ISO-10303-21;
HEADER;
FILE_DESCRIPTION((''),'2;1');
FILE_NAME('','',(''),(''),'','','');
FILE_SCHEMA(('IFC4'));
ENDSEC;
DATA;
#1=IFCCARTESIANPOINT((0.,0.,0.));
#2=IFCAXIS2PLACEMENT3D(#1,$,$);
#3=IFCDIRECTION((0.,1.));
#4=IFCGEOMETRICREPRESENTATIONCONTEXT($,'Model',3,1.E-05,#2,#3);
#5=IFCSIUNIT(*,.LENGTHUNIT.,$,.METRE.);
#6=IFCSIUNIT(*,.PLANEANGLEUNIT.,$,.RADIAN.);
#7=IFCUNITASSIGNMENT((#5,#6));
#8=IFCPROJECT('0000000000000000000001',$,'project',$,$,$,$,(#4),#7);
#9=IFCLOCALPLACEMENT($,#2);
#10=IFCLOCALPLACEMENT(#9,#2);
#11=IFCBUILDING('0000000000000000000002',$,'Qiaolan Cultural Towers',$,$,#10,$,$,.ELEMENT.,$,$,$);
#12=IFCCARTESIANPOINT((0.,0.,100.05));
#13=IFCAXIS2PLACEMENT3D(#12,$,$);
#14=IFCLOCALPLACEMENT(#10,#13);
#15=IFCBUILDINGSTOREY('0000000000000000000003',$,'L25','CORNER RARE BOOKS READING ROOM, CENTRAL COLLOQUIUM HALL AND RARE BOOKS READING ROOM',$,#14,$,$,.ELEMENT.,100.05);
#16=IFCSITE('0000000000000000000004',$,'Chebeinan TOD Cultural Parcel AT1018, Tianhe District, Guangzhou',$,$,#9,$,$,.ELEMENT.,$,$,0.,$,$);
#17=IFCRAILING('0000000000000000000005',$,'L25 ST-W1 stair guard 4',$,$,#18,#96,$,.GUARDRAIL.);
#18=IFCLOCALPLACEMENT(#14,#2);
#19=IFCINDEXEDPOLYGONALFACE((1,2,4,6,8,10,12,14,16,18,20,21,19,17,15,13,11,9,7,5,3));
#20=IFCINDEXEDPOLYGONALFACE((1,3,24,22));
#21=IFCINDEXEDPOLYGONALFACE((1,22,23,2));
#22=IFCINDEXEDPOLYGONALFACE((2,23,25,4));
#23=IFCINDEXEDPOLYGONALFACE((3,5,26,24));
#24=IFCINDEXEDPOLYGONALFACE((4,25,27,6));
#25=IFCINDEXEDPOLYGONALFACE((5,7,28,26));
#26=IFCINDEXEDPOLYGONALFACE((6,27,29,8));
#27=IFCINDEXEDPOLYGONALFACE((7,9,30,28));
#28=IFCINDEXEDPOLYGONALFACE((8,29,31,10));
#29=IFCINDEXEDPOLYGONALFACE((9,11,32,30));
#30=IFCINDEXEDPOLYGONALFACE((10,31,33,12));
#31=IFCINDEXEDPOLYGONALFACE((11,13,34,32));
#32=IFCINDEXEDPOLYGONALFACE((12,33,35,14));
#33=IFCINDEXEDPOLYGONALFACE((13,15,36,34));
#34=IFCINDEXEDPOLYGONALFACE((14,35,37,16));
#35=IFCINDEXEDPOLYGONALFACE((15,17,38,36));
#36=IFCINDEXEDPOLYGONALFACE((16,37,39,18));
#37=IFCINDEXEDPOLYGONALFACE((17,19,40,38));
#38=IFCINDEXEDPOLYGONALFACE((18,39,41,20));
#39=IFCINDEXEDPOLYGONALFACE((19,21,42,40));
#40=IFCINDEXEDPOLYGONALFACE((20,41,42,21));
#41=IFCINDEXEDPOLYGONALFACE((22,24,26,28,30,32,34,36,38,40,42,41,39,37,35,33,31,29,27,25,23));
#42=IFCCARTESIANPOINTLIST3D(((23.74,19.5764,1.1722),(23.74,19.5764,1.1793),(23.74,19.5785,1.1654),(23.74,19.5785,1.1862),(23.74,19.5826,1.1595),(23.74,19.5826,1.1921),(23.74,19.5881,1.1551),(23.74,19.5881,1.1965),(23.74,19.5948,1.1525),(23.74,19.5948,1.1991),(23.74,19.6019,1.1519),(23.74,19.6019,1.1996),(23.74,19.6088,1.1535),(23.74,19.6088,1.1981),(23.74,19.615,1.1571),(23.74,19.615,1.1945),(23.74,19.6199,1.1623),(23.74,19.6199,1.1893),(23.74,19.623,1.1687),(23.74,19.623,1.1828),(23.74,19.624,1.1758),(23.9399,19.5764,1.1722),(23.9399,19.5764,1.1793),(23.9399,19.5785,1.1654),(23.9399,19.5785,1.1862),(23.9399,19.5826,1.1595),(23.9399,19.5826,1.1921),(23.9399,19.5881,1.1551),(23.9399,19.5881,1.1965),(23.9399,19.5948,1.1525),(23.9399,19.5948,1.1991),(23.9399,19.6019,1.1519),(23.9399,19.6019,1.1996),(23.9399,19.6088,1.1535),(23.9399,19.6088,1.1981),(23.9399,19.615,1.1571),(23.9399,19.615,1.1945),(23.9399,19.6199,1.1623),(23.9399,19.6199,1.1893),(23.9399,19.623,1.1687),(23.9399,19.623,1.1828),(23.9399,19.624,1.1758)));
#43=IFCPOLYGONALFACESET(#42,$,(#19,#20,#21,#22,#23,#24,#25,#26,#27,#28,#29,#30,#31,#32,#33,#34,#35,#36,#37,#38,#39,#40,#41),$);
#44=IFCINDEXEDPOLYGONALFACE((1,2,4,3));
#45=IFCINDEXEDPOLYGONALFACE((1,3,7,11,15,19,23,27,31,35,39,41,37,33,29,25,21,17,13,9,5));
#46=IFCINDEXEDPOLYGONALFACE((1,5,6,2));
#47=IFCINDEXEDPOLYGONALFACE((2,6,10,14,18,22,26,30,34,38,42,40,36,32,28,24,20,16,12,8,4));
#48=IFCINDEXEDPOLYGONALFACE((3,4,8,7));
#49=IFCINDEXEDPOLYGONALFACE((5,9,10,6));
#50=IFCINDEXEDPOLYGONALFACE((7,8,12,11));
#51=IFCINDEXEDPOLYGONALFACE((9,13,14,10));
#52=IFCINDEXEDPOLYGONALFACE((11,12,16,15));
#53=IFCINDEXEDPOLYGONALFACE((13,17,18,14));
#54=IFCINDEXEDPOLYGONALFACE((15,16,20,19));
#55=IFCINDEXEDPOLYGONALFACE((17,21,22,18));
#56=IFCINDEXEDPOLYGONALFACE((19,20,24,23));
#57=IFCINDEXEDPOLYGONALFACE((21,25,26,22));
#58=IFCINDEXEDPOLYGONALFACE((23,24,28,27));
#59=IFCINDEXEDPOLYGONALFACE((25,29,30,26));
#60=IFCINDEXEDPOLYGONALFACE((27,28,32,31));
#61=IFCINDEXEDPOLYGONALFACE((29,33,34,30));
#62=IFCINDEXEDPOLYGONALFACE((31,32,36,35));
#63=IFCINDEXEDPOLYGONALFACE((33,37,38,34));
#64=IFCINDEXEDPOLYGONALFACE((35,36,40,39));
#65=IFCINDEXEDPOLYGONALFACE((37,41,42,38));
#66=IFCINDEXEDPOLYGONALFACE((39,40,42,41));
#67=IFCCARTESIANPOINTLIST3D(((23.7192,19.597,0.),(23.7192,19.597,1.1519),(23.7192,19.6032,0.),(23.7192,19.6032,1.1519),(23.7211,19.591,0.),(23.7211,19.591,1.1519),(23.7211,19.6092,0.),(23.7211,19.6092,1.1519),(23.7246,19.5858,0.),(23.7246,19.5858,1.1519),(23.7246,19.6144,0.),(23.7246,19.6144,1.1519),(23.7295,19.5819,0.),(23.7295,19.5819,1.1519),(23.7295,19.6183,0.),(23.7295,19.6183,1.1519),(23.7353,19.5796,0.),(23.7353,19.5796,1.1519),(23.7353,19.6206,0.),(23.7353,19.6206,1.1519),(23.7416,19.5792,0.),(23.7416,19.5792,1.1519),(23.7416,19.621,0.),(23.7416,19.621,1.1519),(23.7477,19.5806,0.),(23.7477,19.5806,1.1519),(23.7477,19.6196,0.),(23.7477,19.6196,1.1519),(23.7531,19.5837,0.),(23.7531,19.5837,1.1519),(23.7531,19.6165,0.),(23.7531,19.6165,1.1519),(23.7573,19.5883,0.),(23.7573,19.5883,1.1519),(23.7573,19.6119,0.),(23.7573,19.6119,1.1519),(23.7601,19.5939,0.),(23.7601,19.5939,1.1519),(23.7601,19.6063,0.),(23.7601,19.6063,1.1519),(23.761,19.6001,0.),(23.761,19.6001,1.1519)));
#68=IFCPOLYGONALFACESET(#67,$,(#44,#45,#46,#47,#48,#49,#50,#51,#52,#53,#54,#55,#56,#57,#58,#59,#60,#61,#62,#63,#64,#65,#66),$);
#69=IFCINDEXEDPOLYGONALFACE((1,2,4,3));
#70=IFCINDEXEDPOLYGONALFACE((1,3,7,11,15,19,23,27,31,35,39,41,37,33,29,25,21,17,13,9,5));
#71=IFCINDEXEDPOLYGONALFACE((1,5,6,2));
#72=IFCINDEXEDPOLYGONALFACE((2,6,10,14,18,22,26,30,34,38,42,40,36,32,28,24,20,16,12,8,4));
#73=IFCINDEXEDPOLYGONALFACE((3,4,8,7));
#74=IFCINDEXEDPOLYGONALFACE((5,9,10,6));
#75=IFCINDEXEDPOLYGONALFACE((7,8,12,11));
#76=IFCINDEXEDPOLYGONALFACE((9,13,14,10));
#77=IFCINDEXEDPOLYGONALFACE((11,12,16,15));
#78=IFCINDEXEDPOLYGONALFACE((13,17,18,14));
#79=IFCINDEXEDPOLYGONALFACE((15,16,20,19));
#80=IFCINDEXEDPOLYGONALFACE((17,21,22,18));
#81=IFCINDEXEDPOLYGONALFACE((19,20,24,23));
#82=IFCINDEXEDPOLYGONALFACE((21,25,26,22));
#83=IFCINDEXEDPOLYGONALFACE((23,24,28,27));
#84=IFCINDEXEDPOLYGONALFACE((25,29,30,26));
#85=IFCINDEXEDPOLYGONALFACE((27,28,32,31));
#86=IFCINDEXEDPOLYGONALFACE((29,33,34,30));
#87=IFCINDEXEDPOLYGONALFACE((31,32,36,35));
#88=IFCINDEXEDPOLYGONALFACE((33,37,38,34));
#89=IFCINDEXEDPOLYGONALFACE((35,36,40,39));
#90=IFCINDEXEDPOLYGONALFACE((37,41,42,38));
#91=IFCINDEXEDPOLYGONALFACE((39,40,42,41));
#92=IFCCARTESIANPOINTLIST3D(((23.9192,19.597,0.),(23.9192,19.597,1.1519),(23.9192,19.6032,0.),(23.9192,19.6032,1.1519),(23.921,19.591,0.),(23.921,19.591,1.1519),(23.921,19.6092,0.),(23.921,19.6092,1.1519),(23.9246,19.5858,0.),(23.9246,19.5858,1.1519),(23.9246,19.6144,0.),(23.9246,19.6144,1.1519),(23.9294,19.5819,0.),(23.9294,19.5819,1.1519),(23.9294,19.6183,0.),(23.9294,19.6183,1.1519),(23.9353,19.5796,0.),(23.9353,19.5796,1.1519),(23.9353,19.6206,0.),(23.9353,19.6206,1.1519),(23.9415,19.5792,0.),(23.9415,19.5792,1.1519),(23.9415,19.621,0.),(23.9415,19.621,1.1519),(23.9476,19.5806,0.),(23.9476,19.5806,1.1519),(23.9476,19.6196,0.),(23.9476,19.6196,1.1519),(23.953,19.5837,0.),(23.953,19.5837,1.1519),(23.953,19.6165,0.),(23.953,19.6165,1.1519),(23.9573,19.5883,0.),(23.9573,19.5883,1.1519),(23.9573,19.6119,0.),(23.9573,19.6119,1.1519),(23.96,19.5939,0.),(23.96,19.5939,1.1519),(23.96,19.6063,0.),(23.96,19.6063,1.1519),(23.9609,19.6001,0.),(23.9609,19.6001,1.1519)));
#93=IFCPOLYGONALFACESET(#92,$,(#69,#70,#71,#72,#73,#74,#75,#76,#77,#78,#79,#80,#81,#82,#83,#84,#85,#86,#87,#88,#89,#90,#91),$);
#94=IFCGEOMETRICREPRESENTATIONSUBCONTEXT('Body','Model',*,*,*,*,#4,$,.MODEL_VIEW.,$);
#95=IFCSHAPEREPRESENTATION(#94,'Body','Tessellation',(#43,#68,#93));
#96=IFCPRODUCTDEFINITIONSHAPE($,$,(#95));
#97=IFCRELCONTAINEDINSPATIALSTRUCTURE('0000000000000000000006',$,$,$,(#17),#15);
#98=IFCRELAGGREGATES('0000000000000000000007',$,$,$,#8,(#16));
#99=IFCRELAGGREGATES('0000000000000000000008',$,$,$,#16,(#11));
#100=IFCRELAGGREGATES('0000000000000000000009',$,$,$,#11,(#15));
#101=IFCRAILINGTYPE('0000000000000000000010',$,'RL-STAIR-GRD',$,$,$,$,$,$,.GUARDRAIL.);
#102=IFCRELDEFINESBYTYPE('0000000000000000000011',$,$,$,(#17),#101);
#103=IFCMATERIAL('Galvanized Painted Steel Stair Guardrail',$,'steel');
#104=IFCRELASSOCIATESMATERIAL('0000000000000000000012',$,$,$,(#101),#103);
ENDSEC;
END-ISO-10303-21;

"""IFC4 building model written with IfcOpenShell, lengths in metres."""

from ifc_helpers import new_model, si_unit, direction, frame, origin, origin_2d, place, context, subcontext, project, spatial, circle, extrude, material, type_object, element, save


model = new_model("IFC4")

# Units and contexts
model_context = context("Model", 3, precision=1e-05, world=origin(), true_north=direction((0.0, 1.0)))
body_context = subcontext(model_context, "Body", "Model", "MODEL_VIEW")
ifc_project = project(units=[si_unit("LENGTHUNIT", "METRE"), si_unit("PLANEANGLEUNIT", "RADIAN")], contexts=[model_context])

# Site, building, storey
site_placement = place(None, origin())
site = spatial("IfcSite", under=ifc_project, at=site_placement, Name="Chebeinan TOD Cultural Parcel AT1018, Tianhe District, Guangzhou", CompositionType="ELEMENT", RefElevation=0.0)
building_placement = place(site_placement, origin())
building = spatial("IfcBuilding", under=site, at=building_placement, Name="Qiaolan Cultural Towers", CompositionType="ELEMENT")
storey_placement = place(building_placement, frame((0.0, 0.0, 100.05)))
storey = spatial("IfcBuildingStorey", under=building, at=storey_placement, Name="L25", Description="CORNER RARE BOOKS READING ROOM, CENTRAL COLLOQUIUM HALL AND RARE BOOKS READING ROOM", CompositionType="ELEMENT", Elevation=100.05)

# Railing
ifc_material_1 = material(Name="Galvanized Painted Steel Stair Guardrail", Category="steel")
railing_type_1 = type_object("IfcRailingType", Name="RL-STAIR-GRD", PredefinedType="GUARDRAIL", material=ifc_material_1)
railing_1_placement = place(storey_placement, frame((23.74, 19.6001, 0.0)))
element("IfcRailing", 1, at=railing_1_placement, inside=storey, type_object=railing_type_1, Name="L25 ST-W1 stair guard 4", PredefinedType="GUARDRAIL", context=body_context, shape_type="SweptSolid", body=[
    extrude(circle(Radius=0.0239, at=origin_2d()), frame((0.0, 0.0, 1.1758), z_axis=(1.0, 0.0, 0.0), x_axis=(0.0, 1.0, 0.0)), (0.0, 0.0, 1.0), 0.2),
    extrude(circle(Radius=0.021, at=origin_2d()), origin(), (0.0, 0.0, 1.0), 1.1519),
    extrude(circle(Radius=0.021, at=origin_2d()), frame((0.2, 0.0, 0.0)), (0.0, 0.0, 1.0), 1.1519),
])

save(model, "model.ifc")
